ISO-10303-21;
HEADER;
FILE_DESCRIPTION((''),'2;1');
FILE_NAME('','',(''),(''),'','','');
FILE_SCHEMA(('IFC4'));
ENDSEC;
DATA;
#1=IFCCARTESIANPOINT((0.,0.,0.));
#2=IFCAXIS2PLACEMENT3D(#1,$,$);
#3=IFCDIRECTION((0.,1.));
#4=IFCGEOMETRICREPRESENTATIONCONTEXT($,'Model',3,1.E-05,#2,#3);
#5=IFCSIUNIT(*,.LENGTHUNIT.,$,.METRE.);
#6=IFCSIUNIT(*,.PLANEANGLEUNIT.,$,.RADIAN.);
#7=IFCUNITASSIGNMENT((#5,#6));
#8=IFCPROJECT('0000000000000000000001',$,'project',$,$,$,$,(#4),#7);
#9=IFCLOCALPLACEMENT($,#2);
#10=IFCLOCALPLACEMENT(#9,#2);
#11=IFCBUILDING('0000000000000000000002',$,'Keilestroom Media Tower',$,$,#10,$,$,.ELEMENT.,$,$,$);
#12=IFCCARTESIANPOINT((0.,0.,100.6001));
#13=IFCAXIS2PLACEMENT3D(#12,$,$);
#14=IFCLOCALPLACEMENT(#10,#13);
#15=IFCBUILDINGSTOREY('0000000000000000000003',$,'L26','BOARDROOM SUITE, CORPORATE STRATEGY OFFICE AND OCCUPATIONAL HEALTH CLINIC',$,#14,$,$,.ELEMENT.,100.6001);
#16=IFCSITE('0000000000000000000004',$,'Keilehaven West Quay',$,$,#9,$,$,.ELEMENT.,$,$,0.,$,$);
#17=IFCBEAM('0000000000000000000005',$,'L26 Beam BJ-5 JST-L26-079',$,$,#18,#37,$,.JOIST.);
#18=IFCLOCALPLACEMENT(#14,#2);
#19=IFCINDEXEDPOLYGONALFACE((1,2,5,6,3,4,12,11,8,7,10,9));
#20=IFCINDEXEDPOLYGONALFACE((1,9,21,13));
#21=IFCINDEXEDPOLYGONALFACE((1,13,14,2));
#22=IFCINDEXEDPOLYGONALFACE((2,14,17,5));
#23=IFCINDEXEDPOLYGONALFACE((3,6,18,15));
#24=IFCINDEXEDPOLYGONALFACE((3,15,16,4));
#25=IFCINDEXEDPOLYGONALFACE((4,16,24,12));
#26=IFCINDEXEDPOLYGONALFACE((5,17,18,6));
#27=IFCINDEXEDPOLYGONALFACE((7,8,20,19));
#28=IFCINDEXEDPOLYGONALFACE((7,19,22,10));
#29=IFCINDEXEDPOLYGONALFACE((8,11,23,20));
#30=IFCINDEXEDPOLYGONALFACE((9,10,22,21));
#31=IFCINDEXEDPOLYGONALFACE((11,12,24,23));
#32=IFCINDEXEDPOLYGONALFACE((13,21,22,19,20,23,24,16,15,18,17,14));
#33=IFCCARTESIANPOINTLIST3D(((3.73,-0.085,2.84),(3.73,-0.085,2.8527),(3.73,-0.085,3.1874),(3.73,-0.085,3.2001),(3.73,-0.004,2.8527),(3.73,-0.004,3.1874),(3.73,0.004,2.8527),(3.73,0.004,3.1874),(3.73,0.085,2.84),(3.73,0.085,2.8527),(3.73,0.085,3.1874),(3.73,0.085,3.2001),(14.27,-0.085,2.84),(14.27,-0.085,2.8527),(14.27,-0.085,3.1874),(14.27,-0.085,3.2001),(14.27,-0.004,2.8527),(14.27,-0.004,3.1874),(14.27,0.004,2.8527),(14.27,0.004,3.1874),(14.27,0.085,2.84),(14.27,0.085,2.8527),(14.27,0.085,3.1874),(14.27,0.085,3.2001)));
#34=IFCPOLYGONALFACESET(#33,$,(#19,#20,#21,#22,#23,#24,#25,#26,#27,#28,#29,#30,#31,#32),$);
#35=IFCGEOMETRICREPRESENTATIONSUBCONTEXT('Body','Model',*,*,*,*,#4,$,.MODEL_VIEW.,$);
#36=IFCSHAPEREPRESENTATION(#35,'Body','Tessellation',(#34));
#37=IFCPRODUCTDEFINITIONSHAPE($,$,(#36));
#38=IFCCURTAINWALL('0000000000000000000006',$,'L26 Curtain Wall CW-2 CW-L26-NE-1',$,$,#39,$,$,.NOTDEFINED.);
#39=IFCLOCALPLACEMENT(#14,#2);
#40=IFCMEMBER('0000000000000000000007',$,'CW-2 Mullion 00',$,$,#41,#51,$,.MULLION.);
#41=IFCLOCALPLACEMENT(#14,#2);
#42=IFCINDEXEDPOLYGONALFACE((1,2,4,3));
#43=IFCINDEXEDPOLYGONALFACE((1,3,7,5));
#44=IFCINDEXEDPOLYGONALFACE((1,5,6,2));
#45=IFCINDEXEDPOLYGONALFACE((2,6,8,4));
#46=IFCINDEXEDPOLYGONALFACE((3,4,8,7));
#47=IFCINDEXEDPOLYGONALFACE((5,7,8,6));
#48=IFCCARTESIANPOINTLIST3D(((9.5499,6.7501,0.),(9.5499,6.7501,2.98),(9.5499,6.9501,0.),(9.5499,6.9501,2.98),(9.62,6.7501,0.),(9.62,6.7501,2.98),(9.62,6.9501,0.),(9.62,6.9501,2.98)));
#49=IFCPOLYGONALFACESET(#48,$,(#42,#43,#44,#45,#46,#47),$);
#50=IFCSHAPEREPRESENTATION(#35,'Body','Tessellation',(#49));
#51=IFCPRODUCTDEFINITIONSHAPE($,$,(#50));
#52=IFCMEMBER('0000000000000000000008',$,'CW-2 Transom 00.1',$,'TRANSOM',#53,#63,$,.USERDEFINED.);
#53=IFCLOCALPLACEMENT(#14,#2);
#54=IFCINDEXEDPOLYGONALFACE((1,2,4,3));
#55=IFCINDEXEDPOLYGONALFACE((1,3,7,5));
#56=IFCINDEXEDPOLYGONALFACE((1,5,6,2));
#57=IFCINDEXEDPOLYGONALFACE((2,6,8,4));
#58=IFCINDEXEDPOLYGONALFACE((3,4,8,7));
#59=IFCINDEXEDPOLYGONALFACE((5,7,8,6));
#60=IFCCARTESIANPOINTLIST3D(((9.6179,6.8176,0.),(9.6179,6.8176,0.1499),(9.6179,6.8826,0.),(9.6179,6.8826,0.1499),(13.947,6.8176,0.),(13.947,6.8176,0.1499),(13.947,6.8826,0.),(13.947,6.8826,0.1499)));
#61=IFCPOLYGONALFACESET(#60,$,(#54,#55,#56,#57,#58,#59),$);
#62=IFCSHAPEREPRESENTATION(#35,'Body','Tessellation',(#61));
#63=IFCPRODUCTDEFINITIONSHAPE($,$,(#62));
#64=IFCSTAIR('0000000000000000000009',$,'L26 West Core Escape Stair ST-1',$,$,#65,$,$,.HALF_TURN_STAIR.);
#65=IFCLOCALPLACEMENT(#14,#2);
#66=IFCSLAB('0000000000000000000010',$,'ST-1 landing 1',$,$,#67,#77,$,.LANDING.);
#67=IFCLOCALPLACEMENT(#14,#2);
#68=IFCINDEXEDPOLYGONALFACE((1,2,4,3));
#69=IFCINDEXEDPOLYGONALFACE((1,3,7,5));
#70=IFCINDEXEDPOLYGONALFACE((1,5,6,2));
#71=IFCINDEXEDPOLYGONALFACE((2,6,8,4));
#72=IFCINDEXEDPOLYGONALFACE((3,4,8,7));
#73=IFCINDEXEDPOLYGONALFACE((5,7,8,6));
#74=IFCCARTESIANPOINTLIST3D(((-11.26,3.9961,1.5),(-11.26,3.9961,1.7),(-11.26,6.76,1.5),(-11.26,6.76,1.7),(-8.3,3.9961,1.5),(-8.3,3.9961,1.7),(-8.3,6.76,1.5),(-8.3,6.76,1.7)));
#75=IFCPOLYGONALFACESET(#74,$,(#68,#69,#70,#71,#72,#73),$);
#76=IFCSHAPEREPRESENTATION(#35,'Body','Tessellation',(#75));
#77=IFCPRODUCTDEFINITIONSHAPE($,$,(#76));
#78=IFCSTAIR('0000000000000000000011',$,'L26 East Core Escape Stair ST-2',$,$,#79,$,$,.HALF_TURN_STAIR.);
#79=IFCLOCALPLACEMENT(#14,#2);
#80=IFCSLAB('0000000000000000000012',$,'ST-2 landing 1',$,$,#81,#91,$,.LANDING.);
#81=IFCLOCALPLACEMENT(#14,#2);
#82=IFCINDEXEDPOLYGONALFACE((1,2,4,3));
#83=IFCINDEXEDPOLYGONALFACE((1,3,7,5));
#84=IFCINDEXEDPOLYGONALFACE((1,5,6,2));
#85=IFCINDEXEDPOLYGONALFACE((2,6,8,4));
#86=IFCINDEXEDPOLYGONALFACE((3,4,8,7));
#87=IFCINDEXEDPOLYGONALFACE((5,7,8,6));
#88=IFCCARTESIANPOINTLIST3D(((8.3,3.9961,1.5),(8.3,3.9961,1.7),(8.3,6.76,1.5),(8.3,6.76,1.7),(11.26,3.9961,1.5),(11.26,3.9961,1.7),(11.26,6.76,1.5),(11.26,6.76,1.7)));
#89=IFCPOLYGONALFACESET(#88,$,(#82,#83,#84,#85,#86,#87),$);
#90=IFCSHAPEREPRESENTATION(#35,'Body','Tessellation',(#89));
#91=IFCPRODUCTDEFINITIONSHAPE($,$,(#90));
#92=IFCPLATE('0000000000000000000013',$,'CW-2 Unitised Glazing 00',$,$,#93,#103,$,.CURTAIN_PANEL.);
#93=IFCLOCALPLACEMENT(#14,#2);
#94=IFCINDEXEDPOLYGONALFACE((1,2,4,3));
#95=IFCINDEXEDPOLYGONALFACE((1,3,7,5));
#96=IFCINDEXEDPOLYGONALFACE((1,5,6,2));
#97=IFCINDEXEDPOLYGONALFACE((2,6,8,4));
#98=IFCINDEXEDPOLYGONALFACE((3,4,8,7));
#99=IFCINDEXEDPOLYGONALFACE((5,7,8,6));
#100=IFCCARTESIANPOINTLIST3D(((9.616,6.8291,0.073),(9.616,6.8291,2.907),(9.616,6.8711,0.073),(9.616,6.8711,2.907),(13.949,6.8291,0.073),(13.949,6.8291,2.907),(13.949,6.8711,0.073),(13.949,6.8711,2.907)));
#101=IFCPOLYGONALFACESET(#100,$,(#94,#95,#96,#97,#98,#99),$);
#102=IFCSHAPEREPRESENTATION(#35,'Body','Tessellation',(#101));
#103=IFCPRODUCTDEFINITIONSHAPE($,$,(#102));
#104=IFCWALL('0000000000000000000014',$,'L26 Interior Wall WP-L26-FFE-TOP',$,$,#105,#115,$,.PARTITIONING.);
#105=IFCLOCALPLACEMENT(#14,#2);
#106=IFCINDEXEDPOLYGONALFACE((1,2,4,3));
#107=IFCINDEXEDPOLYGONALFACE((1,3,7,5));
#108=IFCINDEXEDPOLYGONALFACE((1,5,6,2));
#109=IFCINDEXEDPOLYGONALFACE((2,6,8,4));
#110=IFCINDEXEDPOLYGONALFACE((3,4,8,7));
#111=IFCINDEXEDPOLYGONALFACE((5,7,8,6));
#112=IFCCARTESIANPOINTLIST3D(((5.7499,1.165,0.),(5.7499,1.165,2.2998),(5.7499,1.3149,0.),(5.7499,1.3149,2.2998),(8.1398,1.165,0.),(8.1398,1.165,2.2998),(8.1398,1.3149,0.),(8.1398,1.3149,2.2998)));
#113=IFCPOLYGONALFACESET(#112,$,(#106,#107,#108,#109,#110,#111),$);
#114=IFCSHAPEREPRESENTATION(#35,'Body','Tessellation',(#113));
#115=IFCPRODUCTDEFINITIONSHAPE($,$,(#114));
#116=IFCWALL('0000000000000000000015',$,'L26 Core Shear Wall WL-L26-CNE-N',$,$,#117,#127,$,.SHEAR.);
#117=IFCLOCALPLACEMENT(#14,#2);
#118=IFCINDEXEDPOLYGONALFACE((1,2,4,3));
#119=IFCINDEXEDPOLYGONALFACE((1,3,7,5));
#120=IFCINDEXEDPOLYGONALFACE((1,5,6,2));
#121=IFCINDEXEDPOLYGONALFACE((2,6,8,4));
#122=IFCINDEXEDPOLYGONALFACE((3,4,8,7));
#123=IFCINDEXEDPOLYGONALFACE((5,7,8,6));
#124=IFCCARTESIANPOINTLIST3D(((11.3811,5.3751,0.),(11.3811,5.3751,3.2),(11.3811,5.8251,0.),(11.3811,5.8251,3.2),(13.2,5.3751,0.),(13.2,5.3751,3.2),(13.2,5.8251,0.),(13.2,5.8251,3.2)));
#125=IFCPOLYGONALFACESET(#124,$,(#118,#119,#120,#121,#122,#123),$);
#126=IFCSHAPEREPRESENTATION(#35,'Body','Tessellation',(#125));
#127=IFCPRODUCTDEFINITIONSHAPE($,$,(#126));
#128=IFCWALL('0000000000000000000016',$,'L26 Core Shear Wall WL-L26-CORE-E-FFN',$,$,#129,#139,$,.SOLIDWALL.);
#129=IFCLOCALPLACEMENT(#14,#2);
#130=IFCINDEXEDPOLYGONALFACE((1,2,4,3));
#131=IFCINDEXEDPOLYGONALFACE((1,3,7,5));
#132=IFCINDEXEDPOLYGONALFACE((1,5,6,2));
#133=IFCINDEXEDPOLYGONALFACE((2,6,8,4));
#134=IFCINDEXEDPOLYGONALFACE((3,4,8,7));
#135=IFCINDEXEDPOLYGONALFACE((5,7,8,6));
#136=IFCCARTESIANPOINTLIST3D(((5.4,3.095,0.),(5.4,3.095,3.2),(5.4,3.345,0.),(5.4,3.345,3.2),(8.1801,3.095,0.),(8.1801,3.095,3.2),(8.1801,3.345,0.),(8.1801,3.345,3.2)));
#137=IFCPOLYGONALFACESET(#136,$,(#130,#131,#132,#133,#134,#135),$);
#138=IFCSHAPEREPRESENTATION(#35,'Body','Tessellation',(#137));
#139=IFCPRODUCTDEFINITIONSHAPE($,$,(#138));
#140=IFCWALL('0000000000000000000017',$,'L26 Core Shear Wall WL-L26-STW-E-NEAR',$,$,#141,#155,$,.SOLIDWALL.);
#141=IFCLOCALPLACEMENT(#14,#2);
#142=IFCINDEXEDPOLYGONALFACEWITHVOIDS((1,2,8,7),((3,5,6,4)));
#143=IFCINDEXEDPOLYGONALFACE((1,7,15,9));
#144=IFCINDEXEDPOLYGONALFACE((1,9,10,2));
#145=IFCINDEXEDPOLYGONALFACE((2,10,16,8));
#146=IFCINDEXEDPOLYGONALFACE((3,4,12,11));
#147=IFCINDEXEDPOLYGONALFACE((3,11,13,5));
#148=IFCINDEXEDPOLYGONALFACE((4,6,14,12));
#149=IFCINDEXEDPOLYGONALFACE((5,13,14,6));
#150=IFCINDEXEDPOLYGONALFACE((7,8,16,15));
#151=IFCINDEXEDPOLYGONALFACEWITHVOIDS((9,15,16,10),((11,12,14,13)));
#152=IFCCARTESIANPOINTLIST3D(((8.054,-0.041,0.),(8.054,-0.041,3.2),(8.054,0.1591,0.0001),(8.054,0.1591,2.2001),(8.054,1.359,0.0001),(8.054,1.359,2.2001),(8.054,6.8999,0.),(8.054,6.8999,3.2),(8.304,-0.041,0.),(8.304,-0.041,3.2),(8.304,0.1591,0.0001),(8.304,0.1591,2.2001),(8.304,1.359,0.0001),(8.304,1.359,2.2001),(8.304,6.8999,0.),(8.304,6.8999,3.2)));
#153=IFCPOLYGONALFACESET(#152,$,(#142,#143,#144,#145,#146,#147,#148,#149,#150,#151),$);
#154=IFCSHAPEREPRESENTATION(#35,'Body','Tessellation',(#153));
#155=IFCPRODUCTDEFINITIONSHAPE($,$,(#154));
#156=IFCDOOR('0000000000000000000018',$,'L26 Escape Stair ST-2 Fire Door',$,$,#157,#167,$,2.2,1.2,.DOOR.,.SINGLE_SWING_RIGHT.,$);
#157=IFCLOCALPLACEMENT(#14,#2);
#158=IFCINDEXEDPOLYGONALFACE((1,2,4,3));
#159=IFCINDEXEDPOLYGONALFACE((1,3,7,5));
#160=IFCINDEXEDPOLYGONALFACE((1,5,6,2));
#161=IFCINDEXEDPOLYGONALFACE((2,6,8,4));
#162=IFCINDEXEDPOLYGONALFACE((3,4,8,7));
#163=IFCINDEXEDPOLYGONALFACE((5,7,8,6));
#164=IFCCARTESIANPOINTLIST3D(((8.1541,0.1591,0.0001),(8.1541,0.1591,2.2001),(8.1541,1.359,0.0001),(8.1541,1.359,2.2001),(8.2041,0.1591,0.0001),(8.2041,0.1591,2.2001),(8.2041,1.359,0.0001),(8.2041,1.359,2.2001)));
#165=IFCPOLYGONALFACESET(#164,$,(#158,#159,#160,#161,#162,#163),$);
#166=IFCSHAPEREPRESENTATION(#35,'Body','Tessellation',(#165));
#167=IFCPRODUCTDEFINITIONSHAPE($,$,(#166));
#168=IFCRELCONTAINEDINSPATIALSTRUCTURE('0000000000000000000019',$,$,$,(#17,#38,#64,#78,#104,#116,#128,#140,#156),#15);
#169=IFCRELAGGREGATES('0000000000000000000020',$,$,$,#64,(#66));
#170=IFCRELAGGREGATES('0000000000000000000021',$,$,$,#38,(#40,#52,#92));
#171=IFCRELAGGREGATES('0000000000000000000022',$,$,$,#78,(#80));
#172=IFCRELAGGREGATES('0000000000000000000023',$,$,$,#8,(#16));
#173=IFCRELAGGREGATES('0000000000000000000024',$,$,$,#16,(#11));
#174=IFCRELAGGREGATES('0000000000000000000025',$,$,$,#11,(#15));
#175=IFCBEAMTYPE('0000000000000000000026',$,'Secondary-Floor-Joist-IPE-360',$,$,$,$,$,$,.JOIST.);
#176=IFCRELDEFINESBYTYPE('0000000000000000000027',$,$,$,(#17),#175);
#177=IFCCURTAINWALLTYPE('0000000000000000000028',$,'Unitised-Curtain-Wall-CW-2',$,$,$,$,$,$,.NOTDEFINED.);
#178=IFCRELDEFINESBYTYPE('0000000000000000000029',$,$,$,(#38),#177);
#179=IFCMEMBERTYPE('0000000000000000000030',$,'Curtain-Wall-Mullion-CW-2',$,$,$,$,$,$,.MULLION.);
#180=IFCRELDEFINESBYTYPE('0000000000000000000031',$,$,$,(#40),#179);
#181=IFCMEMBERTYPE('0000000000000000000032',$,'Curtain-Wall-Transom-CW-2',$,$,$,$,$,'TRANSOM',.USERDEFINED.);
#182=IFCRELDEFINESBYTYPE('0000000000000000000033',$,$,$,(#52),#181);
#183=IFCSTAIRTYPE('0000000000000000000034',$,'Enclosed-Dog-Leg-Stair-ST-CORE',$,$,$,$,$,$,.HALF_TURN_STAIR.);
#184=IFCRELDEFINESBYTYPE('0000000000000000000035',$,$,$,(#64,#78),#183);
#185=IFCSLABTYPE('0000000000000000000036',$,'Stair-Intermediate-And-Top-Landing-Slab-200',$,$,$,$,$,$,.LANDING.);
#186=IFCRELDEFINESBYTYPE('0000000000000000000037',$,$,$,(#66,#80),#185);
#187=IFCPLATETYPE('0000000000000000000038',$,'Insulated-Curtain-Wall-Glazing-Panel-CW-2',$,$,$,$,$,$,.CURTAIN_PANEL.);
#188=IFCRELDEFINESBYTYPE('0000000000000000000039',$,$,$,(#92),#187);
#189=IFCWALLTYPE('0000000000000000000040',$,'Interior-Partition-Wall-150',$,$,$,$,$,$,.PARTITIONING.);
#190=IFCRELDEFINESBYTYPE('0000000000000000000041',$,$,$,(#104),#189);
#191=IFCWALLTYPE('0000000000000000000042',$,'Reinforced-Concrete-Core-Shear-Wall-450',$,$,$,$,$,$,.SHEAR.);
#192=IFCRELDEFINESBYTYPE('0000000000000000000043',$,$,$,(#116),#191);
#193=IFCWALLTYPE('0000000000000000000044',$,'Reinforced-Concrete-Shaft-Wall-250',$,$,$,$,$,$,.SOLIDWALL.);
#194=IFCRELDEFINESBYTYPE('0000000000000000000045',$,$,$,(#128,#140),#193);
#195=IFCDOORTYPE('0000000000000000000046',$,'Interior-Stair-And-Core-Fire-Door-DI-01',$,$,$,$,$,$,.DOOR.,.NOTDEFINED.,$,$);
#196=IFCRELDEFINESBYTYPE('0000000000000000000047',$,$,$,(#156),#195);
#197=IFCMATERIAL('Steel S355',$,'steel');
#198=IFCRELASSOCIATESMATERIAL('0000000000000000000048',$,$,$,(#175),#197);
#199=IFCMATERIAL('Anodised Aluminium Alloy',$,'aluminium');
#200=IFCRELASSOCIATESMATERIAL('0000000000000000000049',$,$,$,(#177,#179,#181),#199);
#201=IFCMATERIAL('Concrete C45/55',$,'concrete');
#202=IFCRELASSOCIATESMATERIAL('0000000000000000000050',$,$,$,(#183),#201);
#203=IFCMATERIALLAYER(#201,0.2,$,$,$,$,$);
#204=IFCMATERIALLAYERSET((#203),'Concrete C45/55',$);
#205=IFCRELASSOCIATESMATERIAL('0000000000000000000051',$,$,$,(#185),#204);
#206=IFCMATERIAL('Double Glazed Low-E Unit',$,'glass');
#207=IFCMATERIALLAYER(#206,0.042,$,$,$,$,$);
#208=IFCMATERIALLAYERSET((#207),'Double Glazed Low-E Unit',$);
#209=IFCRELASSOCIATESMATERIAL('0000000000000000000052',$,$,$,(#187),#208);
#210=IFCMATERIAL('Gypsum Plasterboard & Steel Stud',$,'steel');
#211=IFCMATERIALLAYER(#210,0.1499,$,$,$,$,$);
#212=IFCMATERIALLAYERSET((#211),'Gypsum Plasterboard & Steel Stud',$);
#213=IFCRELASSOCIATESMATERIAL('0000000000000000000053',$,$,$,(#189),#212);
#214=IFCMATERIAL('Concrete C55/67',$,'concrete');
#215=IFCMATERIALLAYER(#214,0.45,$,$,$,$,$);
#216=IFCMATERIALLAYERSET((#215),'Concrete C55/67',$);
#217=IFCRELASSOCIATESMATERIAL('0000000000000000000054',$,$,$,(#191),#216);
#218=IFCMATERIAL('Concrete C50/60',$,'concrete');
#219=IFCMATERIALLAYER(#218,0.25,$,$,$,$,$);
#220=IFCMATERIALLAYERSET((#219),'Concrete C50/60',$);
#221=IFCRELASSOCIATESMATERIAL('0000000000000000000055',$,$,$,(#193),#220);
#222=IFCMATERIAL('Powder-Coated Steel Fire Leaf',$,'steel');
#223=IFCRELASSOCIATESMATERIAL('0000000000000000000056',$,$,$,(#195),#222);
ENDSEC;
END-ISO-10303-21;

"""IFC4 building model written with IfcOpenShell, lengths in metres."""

from ifc_helpers import new_model, si_unit, direction, frame, frame_2d, origin, origin_2d, place, context, subcontext, project, spatial, polyline, rectangle, i_section, outline, extrude, source, transform, mapped, material, layer, layer_set, material_profile, profile_set, type_object, element, fill, aggregate, save


model = new_model("IFC4")

# Units and contexts
model_context = context("Model", 3, precision=1e-05, world=origin(), true_north=direction((0.0, 1.0)))
body_context = subcontext(model_context, "Body", "Model", "MODEL_VIEW")
ifc_project = project(units=[si_unit("LENGTHUNIT", "METRE"), si_unit("PLANEANGLEUNIT", "RADIAN")], contexts=[model_context])

# Site, building, storey
site_placement = place(None, origin())
site = spatial("IfcSite", under=ifc_project, at=site_placement, Name="Keilehaven West Quay", CompositionType="ELEMENT", RefElevation=0.0)
building_placement = place(site_placement, origin())
building = spatial("IfcBuilding", under=site, at=building_placement, Name="Keilestroom Media Tower", CompositionType="ELEMENT")
storey_placement = place(building_placement, frame((0.0, 0.0, 100.6001)))
storey = spatial("IfcBuildingStorey", under=building, at=storey_placement, Name="L26", Description="BOARDROOM SUITE, CORPORATE STRATEGY OFFICE AND OCCUPATIONAL HEALTH CLINIC", CompositionType="ELEMENT", Elevation=100.6001)

# Beam
ifc_material_1 = material(Name="Steel S355", Category="steel")
ifc_material_profile_1 = material_profile(ifc_material_1, i_section(OverallWidth=0.1699, OverallDepth=0.3601, WebThickness=0.0081, FlangeThickness=0.0127, at=origin_2d()), Name="IPE 360")
ifc_profile_set_1 = profile_set([ifc_material_profile_1], Name="Steel S355")
beam_type = type_object("IfcBeamType", Name="Secondary-Floor-Joist-IPE-360", PredefinedType="JOIST", material=ifc_profile_set_1)
shared_shape_1 = source(origin(), body_context, "Body", "SweptSolid", [
    extrude(i_section(OverallWidth=0.1699, OverallDepth=0.3601, WebThickness=0.0081, FlangeThickness=0.0127, at=origin_2d()), origin(), (0.0, 0.0, 1.0), 10.54),
])
beam_placement = place(storey_placement, frame((3.73, 0.0, 3.02), z_axis=(1.0, 0.0, 0.0), x_axis=(0.0, 1.0, 0.0)))
element("IfcBeam", 1, at=beam_placement, inside=storey, type_object=beam_type, Name="L26 Beam BJ-5 JST-L26-079", PredefinedType="JOIST", context=body_context, shape_type="MappedRepresentation", body=[
    mapped(shared_shape_1, transform((0.0, 0.0, 0.0), x_axis=(1.0, 0.0, 0.0), y_axis=(0.0, 1.0, 0.0), z_axis=(0.0, 0.0, 1.0), scale=1.0)),
])

# Curtain wall, members
ifc_material_2 = material(Name="Anodised Aluminium Alloy", Category="aluminium")
curtain_wall_type = type_object("IfcCurtainWallType", Name="Unitised-Curtain-Wall-CW-2", PredefinedType="NOTDEFINED", material=ifc_material_2)
curtain_wall_placement = place(storey_placement, origin())
curtain_wall = element("IfcCurtainWall", 2, at=curtain_wall_placement, inside=storey, type_object=curtain_wall_type, Name="L26 Curtain Wall CW-2 CW-L26-NE-1", PredefinedType="NOTDEFINED")
ifc_material_profile_2 = material_profile(ifc_material_2, rectangle(XDim=0.0701, YDim=0.2, at=origin_2d()), Name="ALU MULLION 70x200")
ifc_profile_set_2 = profile_set([ifc_material_profile_2], Name="Anodised Aluminium Alloy")
member_type_1 = type_object("IfcMemberType", Name="Curtain-Wall-Mullion-CW-2", PredefinedType="MULLION", material=ifc_profile_set_2)
shared_shape_2 = source(origin(), body_context, "Body", "SweptSolid", [
    extrude(rectangle(XDim=0.0701, YDim=0.2, at=origin_2d()), origin(), (0.0, 0.0, 1.0), 2.98),
])
member_1_placement = place(storey_placement, frame((9.585, 6.8501, 0.0), z_axis=(0.0, 0.0, 1.0), x_axis=(1.0, 0.0, 0.0)))
member_1 = element("IfcMember", 3, at=member_1_placement, type_object=member_type_1, Name="CW-2 Mullion 00", PredefinedType="MULLION", context=body_context, shape_type="MappedRepresentation", body=[
    mapped(shared_shape_2, transform((0.0, 0.0, 0.0), x_axis=(1.0, 0.0, 0.0), y_axis=(0.0, 1.0, 0.0), z_axis=(0.0, 0.0, 1.0), scale=1.0)),
])
ifc_material_profile_3 = material_profile(ifc_material_2, rectangle(XDim=0.0649, YDim=0.1499, at=origin_2d()), Name="ALU TRANSOM 65x150")
ifc_profile_set_3 = profile_set([ifc_material_profile_3], Name="Anodised Aluminium Alloy")
member_type_2 = type_object("IfcMemberType", Name="Curtain-Wall-Transom-CW-2", ElementType="TRANSOM", PredefinedType="USERDEFINED", material=ifc_profile_set_3)
shared_shape_3 = source(origin(), body_context, "Body", "SweptSolid", [
    extrude(rectangle(XDim=0.0649, YDim=0.1499, at=origin_2d()), origin(), (0.0, 0.0, 1.0), 4.3291),
])
member_2_placement = place(storey_placement, frame((9.6179, 6.8501, 0.075), z_axis=(1.0, 0.0, 0.0), x_axis=(0.0, 1.0, 0.0)))
member_2 = element("IfcMember", 4, at=member_2_placement, type_object=member_type_2, Name="CW-2 Transom 00.1", ObjectType="TRANSOM", PredefinedType="USERDEFINED", context=body_context, shape_type="MappedRepresentation", body=[
    mapped(shared_shape_3, transform((0.0, 0.0, 0.0), x_axis=(1.0, 0.0, 0.0), y_axis=(0.0, 1.0, 0.0), z_axis=(0.0, 0.0, 1.0), scale=1.0)),
])

# Stairs, slabs
ifc_material_3 = material(Name="Concrete C45/55", Category="concrete")
stair_type = type_object("IfcStairType", Name="Enclosed-Dog-Leg-Stair-ST-CORE", PredefinedType="HALF_TURN_STAIR", material=ifc_material_3)
stair_1_placement = place(storey_placement, origin())
stair_1 = element("IfcStair", 5, at=stair_1_placement, inside=storey, type_object=stair_type, Name="L26 West Core Escape Stair ST-1", PredefinedType="HALF_TURN_STAIR")
ifc_layer_1 = layer(ifc_material_3, 0.2)
ifc_layer_set_1 = layer_set([ifc_layer_1], Name="Concrete C45/55")
slab_type = type_object("IfcSlabType", Name="Stair-Intermediate-And-Top-Landing-Slab-200", PredefinedType="LANDING", material=ifc_layer_set_1)
slab_1_placement = place(storey_placement, frame((0.0, 0.0, 1.5)))
slab_1 = element("IfcSlab", 6, at=slab_1_placement, type_object=slab_type, Name="ST-1 landing 1", PredefinedType="LANDING", context=body_context, shape_type="SweptSolid", body=[
    extrude(outline(polyline([(-8.3, 3.9961), (-8.3, 6.76), (-11.26, 6.76), (-11.26, 3.9961), (-8.3, 3.9961)])), origin(), (0.0, 0.0, 1.0), 0.2),
])
aggregate(stair_1, [slab_1])
stair_2_placement = place(storey_placement, origin())
stair_2 = element("IfcStair", 7, at=stair_2_placement, inside=storey, type_object=stair_type, Name="L26 East Core Escape Stair ST-2", PredefinedType="HALF_TURN_STAIR")
slab_2_placement = place(storey_placement, frame((0.0, 0.0, 1.5)))
slab_2 = element("IfcSlab", 8, at=slab_2_placement, type_object=slab_type, Name="ST-2 landing 1", PredefinedType="LANDING", context=body_context, shape_type="SweptSolid", body=[
    extrude(outline(polyline([(11.26, 3.9961), (11.26, 6.76), (8.3, 6.76), (8.3, 3.9961), (11.26, 3.9961)])), origin(), (0.0, 0.0, 1.0), 0.2),
])

# Plate
ifc_material_4 = material(Name="Double Glazed Low-E Unit", Category="glass")
ifc_layer_2 = layer(ifc_material_4, 0.042)
ifc_layer_set_2 = layer_set([ifc_layer_2], Name="Double Glazed Low-E Unit")
plate_type = type_object("IfcPlateType", Name="Insulated-Curtain-Wall-Glazing-Panel-CW-2", PredefinedType="CURTAIN_PANEL", material=ifc_layer_set_2)
shared_shape_4 = source(origin(), body_context, "Body", "SweptSolid", [
    extrude(rectangle(XDim=4.333, YDim=0.042, at=origin_2d()), origin(), (0.0, 0.0, 1.0), 2.834),
])
plate_placement = place(storey_placement, frame((11.7825, 6.8501, 0.073), z_axis=(0.0, 0.0, 1.0), x_axis=(1.0, 0.0, 0.0)))
plate = element("IfcPlate", 9, at=plate_placement, type_object=plate_type, Name="CW-2 Unitised Glazing 00", PredefinedType="CURTAIN_PANEL", context=body_context, shape_type="MappedRepresentation", body=[
    mapped(shared_shape_4, transform((0.0, 0.0, 0.0), x_axis=(1.0, 0.0, 0.0), y_axis=(0.0, 1.0, 0.0), z_axis=(0.0, 0.0, 1.0), scale=1.0)),
])
aggregate(curtain_wall, [member_1, member_2, plate])

# Walls
ifc_material_5 = material(Name="Gypsum Plasterboard & Steel Stud", Category="steel")
ifc_layer_3 = layer(ifc_material_5, 0.1499)
ifc_layer_set_3 = layer_set([ifc_layer_3], Name="Gypsum Plasterboard & Steel Stud")
wall_type_1 = type_object("IfcWallType", Name="Interior-Partition-Wall-150", PredefinedType="PARTITIONING", material=ifc_layer_set_3)
wall_1_placement = place(storey_placement, frame((5.75, 1.24, 0.0), z_axis=(0.0, 0.0, 1.0), x_axis=(1.0, 0.0, 0.0)))
element("IfcWall", 10, at=wall_1_placement, inside=storey, type_object=wall_type_1, Name="L26 Interior Wall WP-L26-FFE-TOP", PredefinedType="PARTITIONING", context=body_context, shape_type="SweptSolid", body=[
    extrude(rectangle(XDim=2.3899, YDim=0.1499, at=frame_2d((1.1948, 0.0))), origin(), (0.0, 0.0, 1.0), 2.2998),
])
ifc_material_6 = material(Name="Concrete C55/67", Category="concrete")
ifc_layer_4 = layer(ifc_material_6, 0.45)
ifc_layer_set_4 = layer_set([ifc_layer_4], Name="Concrete C55/67")
wall_type_2 = type_object("IfcWallType", Name="Reinforced-Concrete-Core-Shear-Wall-450", PredefinedType="SHEAR", material=ifc_layer_set_4)
wall_2_placement = place(storey_placement, frame((11.3811, 5.6001, 0.0), z_axis=(0.0, 0.0, 1.0), x_axis=(1.0, 0.0, 0.0)))
element("IfcWall", 11, at=wall_2_placement, inside=storey, type_object=wall_type_2, Name="L26 Core Shear Wall WL-L26-CNE-N", PredefinedType="SHEAR", context=body_context, shape_type="SweptSolid", body=[
    extrude(rectangle(XDim=1.8188, YDim=0.45, at=frame_2d((0.9094, 0.0))), origin(), (0.0, 0.0, 1.0), 3.2),
])
ifc_material_7 = material(Name="Concrete C50/60", Category="concrete")
ifc_layer_5 = layer(ifc_material_7, 0.25)
ifc_layer_set_5 = layer_set([ifc_layer_5], Name="Concrete C50/60")
wall_type_3 = type_object("IfcWallType", Name="Reinforced-Concrete-Shaft-Wall-250", PredefinedType="SOLIDWALL", material=ifc_layer_set_5)
wall_3_placement = place(storey_placement, frame((5.3999, 3.22, 0.0), z_axis=(0.0, 0.0, 1.0), x_axis=(1.0, 0.0, 0.0)))
element("IfcWall", 12, at=wall_3_placement, inside=storey, type_object=wall_type_3, Name="L26 Core Shear Wall WL-L26-CORE-E-FFN", PredefinedType="SOLIDWALL", context=body_context, shape_type="SweptSolid", body=[
    extrude(rectangle(XDim=2.78, YDim=0.25, at=frame_2d((1.3901, 0.0))), origin(), (0.0, 0.0, 1.0), 3.2),
])

# Wall, opening, door
wall_4_placement = place(storey_placement, frame((8.179, -0.041, 0.0), z_axis=(0.0, 0.0, 1.0), x_axis=(0.0, 1.0, 0.0)))
wall_4 = element("IfcWall", 13, at=wall_4_placement, inside=storey, type_object=wall_type_3, Name="L26 Core Shear Wall WL-L26-STW-E-NEAR", PredefinedType="SOLIDWALL", context=body_context, shape_type="SweptSolid", body=[
    extrude(rectangle(XDim=6.9409, YDim=0.25, at=frame_2d((3.4705, 0.0))), origin(), (0.0, 0.0, 1.0), 3.2),
])
opening_placement = place(wall_4_placement, frame((0.2, 0.0, 0.0)))
opening = element("IfcOpeningElement", 14, at=opening_placement, cuts=wall_4, PredefinedType="OPENING", context=body_context, shape_type="SweptSolid", body=[
    extrude(rectangle(XDim=1.2, YDim=2.2, at=frame_2d((0.6001, 1.1001))), frame((0.0, 0.135, 0.0), z_axis=(0.0, -1.0, 0.0), x_axis=(1.0, 0.0, 0.0)), (0.0, 0.0, 1.0), 0.27),
])
ifc_material_8 = material(Name="Powder-Coated Steel Fire Leaf", Category="steel")
door_type = type_object("IfcDoorType", Name="Interior-Stair-And-Core-Fire-Door-DI-01", OperationType="NOTDEFINED", PredefinedType="DOOR", material=ifc_material_8)
shared_shape_5 = source(origin(), body_context, "Body", "SweptSolid", [
    extrude(rectangle(XDim=1.2, YDim=2.2, at=frame_2d((0.6001, 1.1001))), frame((0.0, 0.0249, 0.0), z_axis=(0.0, -1.0, 0.0), x_axis=(1.0, 0.0, 0.0)), (0.0, 0.0, 1.0), 0.05),
])
door_placement = place(opening_placement, origin())
door = element("IfcDoor", 15, at=door_placement, inside=storey, type_object=door_type, Name="L26 Escape Stair ST-2 Fire Door", OperationType="SINGLE_SWING_RIGHT", OverallHeight=2.2, OverallWidth=1.2, PredefinedType="DOOR", context=body_context, shape_type="MappedRepresentation", body=[
    mapped(shared_shape_5, transform((0.0, 0.0, 0.0), x_axis=(1.0, 0.0, 0.0), y_axis=(0.0, 1.0, 0.0), z_axis=(0.0, 0.0, 1.0), scale=1.0)),
])
fill(opening, door)

aggregate(stair_2, [slab_2])

save(model, "model.ifc")
